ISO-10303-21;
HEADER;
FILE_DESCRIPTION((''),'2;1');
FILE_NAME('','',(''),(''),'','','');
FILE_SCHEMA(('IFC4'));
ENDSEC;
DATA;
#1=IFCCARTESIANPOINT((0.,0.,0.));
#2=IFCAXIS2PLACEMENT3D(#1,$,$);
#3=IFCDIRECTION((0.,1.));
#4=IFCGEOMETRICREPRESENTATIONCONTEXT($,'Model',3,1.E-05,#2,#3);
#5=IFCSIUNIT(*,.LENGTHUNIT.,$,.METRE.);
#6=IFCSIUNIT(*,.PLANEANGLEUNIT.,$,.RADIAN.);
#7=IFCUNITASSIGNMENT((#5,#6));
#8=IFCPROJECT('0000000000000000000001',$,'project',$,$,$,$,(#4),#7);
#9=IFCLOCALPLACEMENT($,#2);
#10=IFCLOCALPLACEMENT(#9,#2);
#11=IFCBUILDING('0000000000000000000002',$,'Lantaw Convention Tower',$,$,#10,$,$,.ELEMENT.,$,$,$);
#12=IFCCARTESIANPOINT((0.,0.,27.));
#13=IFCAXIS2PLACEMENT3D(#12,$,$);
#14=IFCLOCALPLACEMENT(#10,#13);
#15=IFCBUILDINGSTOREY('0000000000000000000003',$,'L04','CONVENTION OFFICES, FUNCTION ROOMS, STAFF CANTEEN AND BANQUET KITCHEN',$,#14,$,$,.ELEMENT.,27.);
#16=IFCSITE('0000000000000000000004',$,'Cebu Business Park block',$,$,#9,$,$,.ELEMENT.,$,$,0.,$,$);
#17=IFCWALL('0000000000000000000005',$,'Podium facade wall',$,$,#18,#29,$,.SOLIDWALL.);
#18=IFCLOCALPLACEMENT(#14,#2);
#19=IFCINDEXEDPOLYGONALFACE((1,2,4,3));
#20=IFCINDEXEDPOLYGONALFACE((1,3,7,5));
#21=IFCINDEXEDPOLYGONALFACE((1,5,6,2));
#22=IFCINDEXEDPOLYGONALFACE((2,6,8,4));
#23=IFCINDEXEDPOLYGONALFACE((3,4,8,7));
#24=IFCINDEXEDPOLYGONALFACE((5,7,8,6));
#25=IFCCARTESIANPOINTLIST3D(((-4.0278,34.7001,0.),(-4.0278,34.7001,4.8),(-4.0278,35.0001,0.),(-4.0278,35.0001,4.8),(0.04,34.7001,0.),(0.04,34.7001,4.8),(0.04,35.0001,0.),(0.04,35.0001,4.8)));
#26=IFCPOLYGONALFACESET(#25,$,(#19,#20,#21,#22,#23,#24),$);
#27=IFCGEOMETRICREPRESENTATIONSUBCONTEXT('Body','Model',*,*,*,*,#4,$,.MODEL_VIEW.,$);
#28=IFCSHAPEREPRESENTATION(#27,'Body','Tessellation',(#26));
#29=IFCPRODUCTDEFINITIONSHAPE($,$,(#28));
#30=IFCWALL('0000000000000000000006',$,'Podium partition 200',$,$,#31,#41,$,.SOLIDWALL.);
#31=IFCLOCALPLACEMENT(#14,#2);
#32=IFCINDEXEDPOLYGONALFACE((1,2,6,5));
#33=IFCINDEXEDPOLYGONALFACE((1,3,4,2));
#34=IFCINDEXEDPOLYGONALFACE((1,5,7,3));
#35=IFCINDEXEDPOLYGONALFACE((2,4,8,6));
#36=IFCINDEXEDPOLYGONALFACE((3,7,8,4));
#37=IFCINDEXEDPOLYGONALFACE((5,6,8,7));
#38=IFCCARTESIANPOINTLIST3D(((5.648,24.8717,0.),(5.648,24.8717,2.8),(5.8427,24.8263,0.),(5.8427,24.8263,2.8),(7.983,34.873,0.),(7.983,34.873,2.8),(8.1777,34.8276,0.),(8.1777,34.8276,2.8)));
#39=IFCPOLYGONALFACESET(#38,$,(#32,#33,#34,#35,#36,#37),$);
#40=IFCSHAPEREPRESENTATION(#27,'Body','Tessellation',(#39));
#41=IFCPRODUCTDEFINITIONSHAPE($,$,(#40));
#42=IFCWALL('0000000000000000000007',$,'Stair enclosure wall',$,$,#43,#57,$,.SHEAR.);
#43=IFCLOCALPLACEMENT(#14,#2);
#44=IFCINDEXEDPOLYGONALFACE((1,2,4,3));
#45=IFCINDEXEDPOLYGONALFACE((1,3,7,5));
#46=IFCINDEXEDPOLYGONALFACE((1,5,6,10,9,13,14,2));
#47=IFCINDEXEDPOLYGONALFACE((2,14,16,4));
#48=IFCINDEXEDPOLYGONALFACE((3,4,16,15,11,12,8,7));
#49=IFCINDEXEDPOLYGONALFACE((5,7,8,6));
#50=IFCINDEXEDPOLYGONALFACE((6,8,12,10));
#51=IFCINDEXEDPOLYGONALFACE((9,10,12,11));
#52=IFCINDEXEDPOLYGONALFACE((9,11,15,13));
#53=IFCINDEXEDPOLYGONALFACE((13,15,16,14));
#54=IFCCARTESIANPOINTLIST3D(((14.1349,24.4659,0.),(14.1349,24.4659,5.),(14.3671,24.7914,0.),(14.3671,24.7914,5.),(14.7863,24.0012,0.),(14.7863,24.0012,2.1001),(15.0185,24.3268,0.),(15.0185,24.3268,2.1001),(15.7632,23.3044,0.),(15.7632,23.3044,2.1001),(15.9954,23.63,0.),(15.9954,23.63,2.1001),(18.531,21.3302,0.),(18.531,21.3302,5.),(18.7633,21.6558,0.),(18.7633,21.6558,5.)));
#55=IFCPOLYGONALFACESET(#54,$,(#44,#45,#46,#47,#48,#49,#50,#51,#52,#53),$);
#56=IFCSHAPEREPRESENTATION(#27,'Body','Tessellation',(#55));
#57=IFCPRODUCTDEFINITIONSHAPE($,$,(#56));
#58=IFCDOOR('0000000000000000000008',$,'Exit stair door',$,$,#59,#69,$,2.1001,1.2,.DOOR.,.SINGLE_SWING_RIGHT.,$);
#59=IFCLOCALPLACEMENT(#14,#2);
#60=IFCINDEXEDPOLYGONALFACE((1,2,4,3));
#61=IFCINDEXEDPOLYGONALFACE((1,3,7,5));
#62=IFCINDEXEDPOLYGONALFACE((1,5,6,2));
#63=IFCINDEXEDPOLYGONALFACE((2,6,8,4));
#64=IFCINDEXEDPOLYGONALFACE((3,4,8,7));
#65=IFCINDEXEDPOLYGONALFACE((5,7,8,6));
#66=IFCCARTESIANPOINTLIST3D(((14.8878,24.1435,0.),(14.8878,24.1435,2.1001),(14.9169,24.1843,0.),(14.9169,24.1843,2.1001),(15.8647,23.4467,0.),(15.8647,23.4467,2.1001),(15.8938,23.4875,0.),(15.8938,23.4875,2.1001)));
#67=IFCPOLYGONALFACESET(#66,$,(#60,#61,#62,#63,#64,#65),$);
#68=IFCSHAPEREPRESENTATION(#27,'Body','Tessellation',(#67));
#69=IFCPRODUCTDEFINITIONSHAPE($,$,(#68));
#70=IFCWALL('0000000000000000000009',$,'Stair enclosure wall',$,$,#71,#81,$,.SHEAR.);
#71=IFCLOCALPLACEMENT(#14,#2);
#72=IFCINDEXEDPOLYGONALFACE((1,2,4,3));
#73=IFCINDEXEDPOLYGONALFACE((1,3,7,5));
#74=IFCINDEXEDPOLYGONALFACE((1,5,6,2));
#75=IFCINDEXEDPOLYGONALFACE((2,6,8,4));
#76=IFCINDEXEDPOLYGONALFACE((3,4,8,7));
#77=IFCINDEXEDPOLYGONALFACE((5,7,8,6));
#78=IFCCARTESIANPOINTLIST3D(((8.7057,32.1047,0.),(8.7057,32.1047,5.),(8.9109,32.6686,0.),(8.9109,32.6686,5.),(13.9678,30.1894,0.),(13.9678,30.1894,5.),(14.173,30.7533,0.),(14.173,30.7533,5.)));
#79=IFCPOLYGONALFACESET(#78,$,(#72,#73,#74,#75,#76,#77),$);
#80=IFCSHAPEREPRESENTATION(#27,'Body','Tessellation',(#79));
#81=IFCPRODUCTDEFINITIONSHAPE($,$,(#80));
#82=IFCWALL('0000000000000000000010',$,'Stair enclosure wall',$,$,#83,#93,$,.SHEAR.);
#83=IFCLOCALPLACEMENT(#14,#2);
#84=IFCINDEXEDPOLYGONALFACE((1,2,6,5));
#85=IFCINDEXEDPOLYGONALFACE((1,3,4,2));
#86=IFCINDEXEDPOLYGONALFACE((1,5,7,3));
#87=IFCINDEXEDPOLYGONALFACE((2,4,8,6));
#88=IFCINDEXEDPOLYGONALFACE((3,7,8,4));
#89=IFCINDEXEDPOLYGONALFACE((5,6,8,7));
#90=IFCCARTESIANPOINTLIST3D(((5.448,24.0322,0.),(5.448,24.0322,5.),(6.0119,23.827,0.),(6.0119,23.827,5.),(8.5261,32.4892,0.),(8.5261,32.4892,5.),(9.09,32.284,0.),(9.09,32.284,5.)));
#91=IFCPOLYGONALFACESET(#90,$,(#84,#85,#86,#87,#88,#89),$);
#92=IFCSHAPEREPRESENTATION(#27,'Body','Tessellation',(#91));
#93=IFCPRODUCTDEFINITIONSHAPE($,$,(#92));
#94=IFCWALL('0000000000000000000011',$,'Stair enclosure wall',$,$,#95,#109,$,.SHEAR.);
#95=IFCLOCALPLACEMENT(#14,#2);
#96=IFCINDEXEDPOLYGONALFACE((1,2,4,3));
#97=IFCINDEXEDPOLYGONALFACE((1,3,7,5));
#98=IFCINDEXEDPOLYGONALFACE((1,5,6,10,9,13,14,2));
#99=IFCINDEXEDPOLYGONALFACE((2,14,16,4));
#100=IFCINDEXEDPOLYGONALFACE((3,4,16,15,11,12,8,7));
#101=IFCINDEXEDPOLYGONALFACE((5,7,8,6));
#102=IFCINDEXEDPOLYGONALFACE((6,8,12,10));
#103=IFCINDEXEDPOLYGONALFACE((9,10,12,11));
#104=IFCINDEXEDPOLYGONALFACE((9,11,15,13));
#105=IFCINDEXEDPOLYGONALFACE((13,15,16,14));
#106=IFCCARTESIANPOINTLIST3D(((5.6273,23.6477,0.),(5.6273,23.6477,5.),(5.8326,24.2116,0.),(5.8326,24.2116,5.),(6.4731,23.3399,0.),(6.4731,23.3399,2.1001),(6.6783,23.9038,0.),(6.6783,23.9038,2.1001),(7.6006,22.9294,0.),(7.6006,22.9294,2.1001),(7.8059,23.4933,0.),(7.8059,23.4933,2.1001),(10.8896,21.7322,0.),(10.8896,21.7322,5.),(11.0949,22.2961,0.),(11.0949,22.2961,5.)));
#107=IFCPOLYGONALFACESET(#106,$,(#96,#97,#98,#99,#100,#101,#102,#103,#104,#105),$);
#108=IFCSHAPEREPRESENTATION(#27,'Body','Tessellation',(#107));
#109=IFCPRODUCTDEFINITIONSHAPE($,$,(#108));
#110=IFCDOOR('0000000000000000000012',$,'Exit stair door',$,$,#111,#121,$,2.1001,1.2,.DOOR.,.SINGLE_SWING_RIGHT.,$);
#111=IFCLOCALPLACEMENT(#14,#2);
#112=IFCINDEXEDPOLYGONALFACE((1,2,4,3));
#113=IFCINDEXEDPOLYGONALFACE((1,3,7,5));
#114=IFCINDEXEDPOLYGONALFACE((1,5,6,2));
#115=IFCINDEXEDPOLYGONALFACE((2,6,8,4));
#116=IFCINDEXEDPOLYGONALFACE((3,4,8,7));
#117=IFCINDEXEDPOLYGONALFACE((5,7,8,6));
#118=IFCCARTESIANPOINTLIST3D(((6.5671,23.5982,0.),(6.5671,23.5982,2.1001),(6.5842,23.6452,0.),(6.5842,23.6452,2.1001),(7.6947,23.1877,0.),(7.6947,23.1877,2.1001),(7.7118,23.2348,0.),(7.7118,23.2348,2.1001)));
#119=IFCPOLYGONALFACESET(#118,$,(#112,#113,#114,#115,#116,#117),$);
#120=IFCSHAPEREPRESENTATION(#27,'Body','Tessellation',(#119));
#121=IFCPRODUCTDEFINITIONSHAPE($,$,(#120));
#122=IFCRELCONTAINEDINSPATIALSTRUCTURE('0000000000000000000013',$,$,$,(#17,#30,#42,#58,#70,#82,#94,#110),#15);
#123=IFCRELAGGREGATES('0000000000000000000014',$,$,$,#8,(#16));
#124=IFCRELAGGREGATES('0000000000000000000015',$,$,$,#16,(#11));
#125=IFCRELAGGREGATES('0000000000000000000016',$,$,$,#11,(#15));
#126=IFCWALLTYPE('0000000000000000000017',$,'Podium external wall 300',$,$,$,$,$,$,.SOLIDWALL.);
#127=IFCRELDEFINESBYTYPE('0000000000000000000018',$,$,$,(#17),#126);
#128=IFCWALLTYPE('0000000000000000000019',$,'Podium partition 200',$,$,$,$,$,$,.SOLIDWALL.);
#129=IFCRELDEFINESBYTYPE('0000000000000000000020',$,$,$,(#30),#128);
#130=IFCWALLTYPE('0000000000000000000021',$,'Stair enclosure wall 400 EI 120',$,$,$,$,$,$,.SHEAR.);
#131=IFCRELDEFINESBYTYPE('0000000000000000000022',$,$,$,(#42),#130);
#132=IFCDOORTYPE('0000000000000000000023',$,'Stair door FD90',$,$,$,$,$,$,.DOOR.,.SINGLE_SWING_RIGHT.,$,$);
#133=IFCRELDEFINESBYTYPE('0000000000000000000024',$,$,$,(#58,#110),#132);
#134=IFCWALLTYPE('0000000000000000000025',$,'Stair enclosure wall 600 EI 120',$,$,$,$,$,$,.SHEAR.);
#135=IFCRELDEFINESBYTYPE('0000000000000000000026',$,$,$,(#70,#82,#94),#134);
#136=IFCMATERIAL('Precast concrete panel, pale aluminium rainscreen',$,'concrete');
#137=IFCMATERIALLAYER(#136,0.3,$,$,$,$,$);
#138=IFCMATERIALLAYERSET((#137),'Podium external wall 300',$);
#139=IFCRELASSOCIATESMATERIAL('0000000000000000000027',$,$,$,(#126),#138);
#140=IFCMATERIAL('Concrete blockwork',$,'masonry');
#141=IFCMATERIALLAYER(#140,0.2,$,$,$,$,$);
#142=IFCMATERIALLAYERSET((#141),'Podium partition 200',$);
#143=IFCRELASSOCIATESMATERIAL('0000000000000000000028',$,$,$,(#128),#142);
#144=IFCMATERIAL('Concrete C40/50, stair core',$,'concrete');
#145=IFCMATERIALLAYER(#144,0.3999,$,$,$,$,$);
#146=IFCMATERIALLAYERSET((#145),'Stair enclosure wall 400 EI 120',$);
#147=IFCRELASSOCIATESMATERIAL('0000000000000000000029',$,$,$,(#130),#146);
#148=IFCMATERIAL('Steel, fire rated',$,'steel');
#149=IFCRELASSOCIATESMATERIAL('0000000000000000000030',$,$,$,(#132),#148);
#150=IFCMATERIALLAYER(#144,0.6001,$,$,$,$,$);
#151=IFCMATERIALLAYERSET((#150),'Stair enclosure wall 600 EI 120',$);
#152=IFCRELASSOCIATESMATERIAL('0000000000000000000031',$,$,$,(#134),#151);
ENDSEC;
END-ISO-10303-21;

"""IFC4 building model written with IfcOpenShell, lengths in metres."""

from ifc_helpers import new_model, si_unit, direction, frame, frame_2d, origin, place, context, subcontext, project, spatial, rectangle, extrude, material, layer, layer_set, type_object, element, fill, save


model = new_model("IFC4")

# Units and contexts
model_context = context("Model", 3, precision=1e-05, world=origin(), true_north=direction((0.0, 1.0)))
body_context = subcontext(model_context, "Body", "Model", "MODEL_VIEW")
ifc_project = project(units=[si_unit("LENGTHUNIT", "METRE"), si_unit("PLANEANGLEUNIT", "RADIAN")], contexts=[model_context])

# Site, building, storey
site_placement = place(None, origin())
site = spatial("IfcSite", under=ifc_project, at=site_placement, Name="Cebu Business Park block", CompositionType="ELEMENT", RefElevation=0.0)
building_placement = place(site_placement, origin())
building = spatial("IfcBuilding", under=site, at=building_placement, Name="Lantaw Convention Tower", CompositionType="ELEMENT")
storey_placement = place(building_placement, frame((0.0, 0.0, 27.0)))
storey = spatial("IfcBuildingStorey", under=building, at=storey_placement, Name="L04", Description="CONVENTION OFFICES, FUNCTION ROOMS, STAFF CANTEEN AND BANQUET KITCHEN", CompositionType="ELEMENT", Elevation=27.0)

# Shared definitions
ifc_material_1 = material(Name="Precast concrete panel, pale aluminium rainscreen", Category="concrete")
ifc_layer_1 = layer(ifc_material_1, 0.3)
ifc_layer_set_1 = layer_set([ifc_layer_1], Name="Podium external wall 300")
wall_type_1 = type_object("IfcWallType", Name="Podium external wall 300", PredefinedType="SOLIDWALL", material=ifc_layer_set_1)

# Walls
for number, where, z_axis, x_axis, name in (
    (1, (0.04, 34.8501, 0.0), (0.0, 0.0, 1.0), (-1.0, 0.0, 0.0), "Podium facade wall"),
):
    element("IfcWall", number, at=place(storey_placement, frame(where, z_axis=z_axis, x_axis=x_axis)), inside=storey, type_object=wall_type_1, Name=name, PredefinedType="SOLIDWALL", context=body_context, shape_type="SweptSolid", body=[
        extrude(rectangle(XDim=4.0679, YDim=0.3, at=frame_2d((2.0339, 0.0))), origin(), (0.0, 0.0, 1.0), 4.8),
    ])
ifc_material_2 = material(Name="Concrete blockwork", Category="masonry")
ifc_layer_2 = layer(ifc_material_2, 0.2)
ifc_layer_set_2 = layer_set([ifc_layer_2], Name="Podium partition 200")
wall_type_2 = type_object("IfcWallType", Name="Podium partition 200", PredefinedType="SOLIDWALL", material=ifc_layer_set_2)
wall_1_placement = place(storey_placement, frame((5.7454, 24.8489, 0.0), z_axis=(0.0, 0.0, 1.0), x_axis=(0.227354, 0.973812, 0.0)))
element("IfcWall", 2, at=wall_1_placement, inside=storey, type_object=wall_type_2, Name="Podium partition 200", PredefinedType="SOLIDWALL", context=body_context, shape_type="SweptSolid", body=[
    extrude(rectangle(XDim=10.2703, YDim=0.2, at=frame_2d((5.1353, 0.0))), origin(), (0.0, 0.0, 1.0), 2.8),
])

# Wall, opening, door
ifc_material_3 = material(Name="Concrete C40/50, stair core", Category="concrete")
ifc_layer_3 = layer(ifc_material_3, 0.3999)
ifc_layer_set_3 = layer_set([ifc_layer_3], Name="Stair enclosure wall 400 EI 120")
wall_type_3 = type_object("IfcWallType", Name="Stair enclosure wall 400 EI 120", PredefinedType="SHEAR", material=ifc_layer_set_3)
wall_2_placement = place(storey_placement, frame((14.251, 24.6287, 0.0), z_axis=(0.0, 0.0, 1.0), x_axis=(0.814121, -0.580695, 0.0)))
wall_2 = element("IfcWall", 3, at=wall_2_placement, inside=storey, type_object=wall_type_3, Name="Stair enclosure wall", PredefinedType="SHEAR", context=body_context, shape_type="SweptSolid", body=[
    extrude(rectangle(XDim=5.3999, YDim=0.3999, at=frame_2d((2.7, 0.0))), origin(), (0.0, 0.0, 1.0), 5.0),
])
opening_1_placement = place(wall_2_placement, frame((0.8, 0.0, 0.0)))
opening_1 = element("IfcOpeningElement", 4, at=opening_1_placement, cuts=wall_2, PredefinedType="OPENING", context=body_context, shape_type="SweptSolid", body=[
    extrude(rectangle(XDim=1.2, YDim=2.1001, at=frame_2d((0.6001, 1.05))), frame((0.0, 0.21, 0.0), z_axis=(0.0, -1.0, 0.0), x_axis=(1.0, 0.0, 0.0)), (0.0, 0.0, 1.0), 0.4199),
])
ifc_material_4 = material(Name="Steel, fire rated", Category="steel")
door_type_1 = type_object("IfcDoorType", Name="Stair door FD90", OperationType="SINGLE_SWING_RIGHT", PredefinedType="DOOR", material=ifc_material_4)
door_1_placement = place(opening_1_placement, origin())
door_1 = element("IfcDoor", 5, at=door_1_placement, inside=storey, type_object=door_type_1, Name="Exit stair door", OperationType="SINGLE_SWING_RIGHT", OverallHeight=2.1001, OverallWidth=1.2, PredefinedType="DOOR", context=body_context, shape_type="SweptSolid", body=[
    extrude(rectangle(XDim=1.2, YDim=2.1001, at=frame_2d((0.6001, 1.05))), frame((0.0, 0.0249, 0.0), z_axis=(0.0, -1.0, 0.0), x_axis=(1.0, 0.0, 0.0)), (0.0, 0.0, 1.0), 0.05),
])
fill(opening_1, door_1)

# Walls
ifc_layer_4 = layer(ifc_material_3, 0.6001)
ifc_layer_set_4 = layer_set([ifc_layer_4], Name="Stair enclosure wall 600 EI 120")
wall_type_4 = type_object("IfcWallType", Name="Stair enclosure wall 600 EI 120", PredefinedType="SHEAR", material=ifc_layer_set_4)
wall_3_placement = place(storey_placement, frame((14.0703, 30.4714, 0.0), z_axis=(0.0, 0.0, 1.0), x_axis=(-0.939693, 0.34202, 0.0)))
element("IfcWall", 6, at=wall_3_placement, inside=storey, type_object=wall_type_4, Name="Stair enclosure wall", PredefinedType="SHEAR", context=body_context, shape_type="SweptSolid", body=[
    extrude(rectangle(XDim=5.5999, YDim=0.6001, at=frame_2d((2.7998, 0.0))), origin(), (0.0, 0.0, 1.0), 5.0),
])
wall_4_placement = place(storey_placement, frame((8.8081, 32.3867, 0.0), z_axis=(0.0, 0.0, 1.0), x_axis=(-0.342022, -0.939692, 0.0)))
element("IfcWall", 7, at=wall_4_placement, inside=storey, type_object=wall_type_4, Name="Stair enclosure wall", PredefinedType="SHEAR", context=body_context, shape_type="SweptSolid", body=[
    extrude(rectangle(XDim=8.9998, YDim=0.6001, at=frame_2d((4.5, 0.0))), origin(), (0.0, 0.0, 1.0), 5.0),
])

# Wall, opening, door
wall_5_placement = place(storey_placement, frame((5.73, 23.9297, 0.0), z_axis=(0.0, 0.0, 1.0), x_axis=(0.939679, -0.342058, 0.0)))
wall_5 = element("IfcWall", 8, at=wall_5_placement, inside=storey, type_object=wall_type_4, Name="Stair enclosure wall", PredefinedType="SHEAR", context=body_context, shape_type="SweptSolid", body=[
    extrude(rectangle(XDim=5.6001, YDim=0.6001, at=frame_2d((2.8, 0.0))), origin(), (0.0, 0.0, 1.0), 5.0),
])
opening_2_placement = place(wall_5_placement, frame((0.8999, 0.0, 0.0)))
opening_2 = element("IfcOpeningElement", 9, at=opening_2_placement, cuts=wall_5, PredefinedType="OPENING", context=body_context, shape_type="SweptSolid", body=[
    extrude(rectangle(XDim=1.2, YDim=2.1001, at=frame_2d((0.6001, 1.05))), frame((0.0, 0.3101, 0.0), z_axis=(0.0, -1.0, 0.0), x_axis=(1.0, 0.0, 0.0)), (0.0, 0.0, 1.0), 0.6201),
])
door_2_placement = place(opening_2_placement, origin())
door_2 = element("IfcDoor", 10, at=door_2_placement, inside=storey, type_object=door_type_1, Name="Exit stair door", OperationType="SINGLE_SWING_RIGHT", OverallHeight=2.1001, OverallWidth=1.2, PredefinedType="DOOR", context=body_context, shape_type="SweptSolid", body=[
    extrude(rectangle(XDim=1.2, YDim=2.1001, at=frame_2d((0.6001, 1.05))), frame((0.0, 0.0249, 0.0), z_axis=(0.0, -1.0, 0.0), x_axis=(1.0, 0.0, 0.0)), (0.0, 0.0, 1.0), 0.05),
])
fill(opening_2, door_2)

save(model, "model.ifc")
